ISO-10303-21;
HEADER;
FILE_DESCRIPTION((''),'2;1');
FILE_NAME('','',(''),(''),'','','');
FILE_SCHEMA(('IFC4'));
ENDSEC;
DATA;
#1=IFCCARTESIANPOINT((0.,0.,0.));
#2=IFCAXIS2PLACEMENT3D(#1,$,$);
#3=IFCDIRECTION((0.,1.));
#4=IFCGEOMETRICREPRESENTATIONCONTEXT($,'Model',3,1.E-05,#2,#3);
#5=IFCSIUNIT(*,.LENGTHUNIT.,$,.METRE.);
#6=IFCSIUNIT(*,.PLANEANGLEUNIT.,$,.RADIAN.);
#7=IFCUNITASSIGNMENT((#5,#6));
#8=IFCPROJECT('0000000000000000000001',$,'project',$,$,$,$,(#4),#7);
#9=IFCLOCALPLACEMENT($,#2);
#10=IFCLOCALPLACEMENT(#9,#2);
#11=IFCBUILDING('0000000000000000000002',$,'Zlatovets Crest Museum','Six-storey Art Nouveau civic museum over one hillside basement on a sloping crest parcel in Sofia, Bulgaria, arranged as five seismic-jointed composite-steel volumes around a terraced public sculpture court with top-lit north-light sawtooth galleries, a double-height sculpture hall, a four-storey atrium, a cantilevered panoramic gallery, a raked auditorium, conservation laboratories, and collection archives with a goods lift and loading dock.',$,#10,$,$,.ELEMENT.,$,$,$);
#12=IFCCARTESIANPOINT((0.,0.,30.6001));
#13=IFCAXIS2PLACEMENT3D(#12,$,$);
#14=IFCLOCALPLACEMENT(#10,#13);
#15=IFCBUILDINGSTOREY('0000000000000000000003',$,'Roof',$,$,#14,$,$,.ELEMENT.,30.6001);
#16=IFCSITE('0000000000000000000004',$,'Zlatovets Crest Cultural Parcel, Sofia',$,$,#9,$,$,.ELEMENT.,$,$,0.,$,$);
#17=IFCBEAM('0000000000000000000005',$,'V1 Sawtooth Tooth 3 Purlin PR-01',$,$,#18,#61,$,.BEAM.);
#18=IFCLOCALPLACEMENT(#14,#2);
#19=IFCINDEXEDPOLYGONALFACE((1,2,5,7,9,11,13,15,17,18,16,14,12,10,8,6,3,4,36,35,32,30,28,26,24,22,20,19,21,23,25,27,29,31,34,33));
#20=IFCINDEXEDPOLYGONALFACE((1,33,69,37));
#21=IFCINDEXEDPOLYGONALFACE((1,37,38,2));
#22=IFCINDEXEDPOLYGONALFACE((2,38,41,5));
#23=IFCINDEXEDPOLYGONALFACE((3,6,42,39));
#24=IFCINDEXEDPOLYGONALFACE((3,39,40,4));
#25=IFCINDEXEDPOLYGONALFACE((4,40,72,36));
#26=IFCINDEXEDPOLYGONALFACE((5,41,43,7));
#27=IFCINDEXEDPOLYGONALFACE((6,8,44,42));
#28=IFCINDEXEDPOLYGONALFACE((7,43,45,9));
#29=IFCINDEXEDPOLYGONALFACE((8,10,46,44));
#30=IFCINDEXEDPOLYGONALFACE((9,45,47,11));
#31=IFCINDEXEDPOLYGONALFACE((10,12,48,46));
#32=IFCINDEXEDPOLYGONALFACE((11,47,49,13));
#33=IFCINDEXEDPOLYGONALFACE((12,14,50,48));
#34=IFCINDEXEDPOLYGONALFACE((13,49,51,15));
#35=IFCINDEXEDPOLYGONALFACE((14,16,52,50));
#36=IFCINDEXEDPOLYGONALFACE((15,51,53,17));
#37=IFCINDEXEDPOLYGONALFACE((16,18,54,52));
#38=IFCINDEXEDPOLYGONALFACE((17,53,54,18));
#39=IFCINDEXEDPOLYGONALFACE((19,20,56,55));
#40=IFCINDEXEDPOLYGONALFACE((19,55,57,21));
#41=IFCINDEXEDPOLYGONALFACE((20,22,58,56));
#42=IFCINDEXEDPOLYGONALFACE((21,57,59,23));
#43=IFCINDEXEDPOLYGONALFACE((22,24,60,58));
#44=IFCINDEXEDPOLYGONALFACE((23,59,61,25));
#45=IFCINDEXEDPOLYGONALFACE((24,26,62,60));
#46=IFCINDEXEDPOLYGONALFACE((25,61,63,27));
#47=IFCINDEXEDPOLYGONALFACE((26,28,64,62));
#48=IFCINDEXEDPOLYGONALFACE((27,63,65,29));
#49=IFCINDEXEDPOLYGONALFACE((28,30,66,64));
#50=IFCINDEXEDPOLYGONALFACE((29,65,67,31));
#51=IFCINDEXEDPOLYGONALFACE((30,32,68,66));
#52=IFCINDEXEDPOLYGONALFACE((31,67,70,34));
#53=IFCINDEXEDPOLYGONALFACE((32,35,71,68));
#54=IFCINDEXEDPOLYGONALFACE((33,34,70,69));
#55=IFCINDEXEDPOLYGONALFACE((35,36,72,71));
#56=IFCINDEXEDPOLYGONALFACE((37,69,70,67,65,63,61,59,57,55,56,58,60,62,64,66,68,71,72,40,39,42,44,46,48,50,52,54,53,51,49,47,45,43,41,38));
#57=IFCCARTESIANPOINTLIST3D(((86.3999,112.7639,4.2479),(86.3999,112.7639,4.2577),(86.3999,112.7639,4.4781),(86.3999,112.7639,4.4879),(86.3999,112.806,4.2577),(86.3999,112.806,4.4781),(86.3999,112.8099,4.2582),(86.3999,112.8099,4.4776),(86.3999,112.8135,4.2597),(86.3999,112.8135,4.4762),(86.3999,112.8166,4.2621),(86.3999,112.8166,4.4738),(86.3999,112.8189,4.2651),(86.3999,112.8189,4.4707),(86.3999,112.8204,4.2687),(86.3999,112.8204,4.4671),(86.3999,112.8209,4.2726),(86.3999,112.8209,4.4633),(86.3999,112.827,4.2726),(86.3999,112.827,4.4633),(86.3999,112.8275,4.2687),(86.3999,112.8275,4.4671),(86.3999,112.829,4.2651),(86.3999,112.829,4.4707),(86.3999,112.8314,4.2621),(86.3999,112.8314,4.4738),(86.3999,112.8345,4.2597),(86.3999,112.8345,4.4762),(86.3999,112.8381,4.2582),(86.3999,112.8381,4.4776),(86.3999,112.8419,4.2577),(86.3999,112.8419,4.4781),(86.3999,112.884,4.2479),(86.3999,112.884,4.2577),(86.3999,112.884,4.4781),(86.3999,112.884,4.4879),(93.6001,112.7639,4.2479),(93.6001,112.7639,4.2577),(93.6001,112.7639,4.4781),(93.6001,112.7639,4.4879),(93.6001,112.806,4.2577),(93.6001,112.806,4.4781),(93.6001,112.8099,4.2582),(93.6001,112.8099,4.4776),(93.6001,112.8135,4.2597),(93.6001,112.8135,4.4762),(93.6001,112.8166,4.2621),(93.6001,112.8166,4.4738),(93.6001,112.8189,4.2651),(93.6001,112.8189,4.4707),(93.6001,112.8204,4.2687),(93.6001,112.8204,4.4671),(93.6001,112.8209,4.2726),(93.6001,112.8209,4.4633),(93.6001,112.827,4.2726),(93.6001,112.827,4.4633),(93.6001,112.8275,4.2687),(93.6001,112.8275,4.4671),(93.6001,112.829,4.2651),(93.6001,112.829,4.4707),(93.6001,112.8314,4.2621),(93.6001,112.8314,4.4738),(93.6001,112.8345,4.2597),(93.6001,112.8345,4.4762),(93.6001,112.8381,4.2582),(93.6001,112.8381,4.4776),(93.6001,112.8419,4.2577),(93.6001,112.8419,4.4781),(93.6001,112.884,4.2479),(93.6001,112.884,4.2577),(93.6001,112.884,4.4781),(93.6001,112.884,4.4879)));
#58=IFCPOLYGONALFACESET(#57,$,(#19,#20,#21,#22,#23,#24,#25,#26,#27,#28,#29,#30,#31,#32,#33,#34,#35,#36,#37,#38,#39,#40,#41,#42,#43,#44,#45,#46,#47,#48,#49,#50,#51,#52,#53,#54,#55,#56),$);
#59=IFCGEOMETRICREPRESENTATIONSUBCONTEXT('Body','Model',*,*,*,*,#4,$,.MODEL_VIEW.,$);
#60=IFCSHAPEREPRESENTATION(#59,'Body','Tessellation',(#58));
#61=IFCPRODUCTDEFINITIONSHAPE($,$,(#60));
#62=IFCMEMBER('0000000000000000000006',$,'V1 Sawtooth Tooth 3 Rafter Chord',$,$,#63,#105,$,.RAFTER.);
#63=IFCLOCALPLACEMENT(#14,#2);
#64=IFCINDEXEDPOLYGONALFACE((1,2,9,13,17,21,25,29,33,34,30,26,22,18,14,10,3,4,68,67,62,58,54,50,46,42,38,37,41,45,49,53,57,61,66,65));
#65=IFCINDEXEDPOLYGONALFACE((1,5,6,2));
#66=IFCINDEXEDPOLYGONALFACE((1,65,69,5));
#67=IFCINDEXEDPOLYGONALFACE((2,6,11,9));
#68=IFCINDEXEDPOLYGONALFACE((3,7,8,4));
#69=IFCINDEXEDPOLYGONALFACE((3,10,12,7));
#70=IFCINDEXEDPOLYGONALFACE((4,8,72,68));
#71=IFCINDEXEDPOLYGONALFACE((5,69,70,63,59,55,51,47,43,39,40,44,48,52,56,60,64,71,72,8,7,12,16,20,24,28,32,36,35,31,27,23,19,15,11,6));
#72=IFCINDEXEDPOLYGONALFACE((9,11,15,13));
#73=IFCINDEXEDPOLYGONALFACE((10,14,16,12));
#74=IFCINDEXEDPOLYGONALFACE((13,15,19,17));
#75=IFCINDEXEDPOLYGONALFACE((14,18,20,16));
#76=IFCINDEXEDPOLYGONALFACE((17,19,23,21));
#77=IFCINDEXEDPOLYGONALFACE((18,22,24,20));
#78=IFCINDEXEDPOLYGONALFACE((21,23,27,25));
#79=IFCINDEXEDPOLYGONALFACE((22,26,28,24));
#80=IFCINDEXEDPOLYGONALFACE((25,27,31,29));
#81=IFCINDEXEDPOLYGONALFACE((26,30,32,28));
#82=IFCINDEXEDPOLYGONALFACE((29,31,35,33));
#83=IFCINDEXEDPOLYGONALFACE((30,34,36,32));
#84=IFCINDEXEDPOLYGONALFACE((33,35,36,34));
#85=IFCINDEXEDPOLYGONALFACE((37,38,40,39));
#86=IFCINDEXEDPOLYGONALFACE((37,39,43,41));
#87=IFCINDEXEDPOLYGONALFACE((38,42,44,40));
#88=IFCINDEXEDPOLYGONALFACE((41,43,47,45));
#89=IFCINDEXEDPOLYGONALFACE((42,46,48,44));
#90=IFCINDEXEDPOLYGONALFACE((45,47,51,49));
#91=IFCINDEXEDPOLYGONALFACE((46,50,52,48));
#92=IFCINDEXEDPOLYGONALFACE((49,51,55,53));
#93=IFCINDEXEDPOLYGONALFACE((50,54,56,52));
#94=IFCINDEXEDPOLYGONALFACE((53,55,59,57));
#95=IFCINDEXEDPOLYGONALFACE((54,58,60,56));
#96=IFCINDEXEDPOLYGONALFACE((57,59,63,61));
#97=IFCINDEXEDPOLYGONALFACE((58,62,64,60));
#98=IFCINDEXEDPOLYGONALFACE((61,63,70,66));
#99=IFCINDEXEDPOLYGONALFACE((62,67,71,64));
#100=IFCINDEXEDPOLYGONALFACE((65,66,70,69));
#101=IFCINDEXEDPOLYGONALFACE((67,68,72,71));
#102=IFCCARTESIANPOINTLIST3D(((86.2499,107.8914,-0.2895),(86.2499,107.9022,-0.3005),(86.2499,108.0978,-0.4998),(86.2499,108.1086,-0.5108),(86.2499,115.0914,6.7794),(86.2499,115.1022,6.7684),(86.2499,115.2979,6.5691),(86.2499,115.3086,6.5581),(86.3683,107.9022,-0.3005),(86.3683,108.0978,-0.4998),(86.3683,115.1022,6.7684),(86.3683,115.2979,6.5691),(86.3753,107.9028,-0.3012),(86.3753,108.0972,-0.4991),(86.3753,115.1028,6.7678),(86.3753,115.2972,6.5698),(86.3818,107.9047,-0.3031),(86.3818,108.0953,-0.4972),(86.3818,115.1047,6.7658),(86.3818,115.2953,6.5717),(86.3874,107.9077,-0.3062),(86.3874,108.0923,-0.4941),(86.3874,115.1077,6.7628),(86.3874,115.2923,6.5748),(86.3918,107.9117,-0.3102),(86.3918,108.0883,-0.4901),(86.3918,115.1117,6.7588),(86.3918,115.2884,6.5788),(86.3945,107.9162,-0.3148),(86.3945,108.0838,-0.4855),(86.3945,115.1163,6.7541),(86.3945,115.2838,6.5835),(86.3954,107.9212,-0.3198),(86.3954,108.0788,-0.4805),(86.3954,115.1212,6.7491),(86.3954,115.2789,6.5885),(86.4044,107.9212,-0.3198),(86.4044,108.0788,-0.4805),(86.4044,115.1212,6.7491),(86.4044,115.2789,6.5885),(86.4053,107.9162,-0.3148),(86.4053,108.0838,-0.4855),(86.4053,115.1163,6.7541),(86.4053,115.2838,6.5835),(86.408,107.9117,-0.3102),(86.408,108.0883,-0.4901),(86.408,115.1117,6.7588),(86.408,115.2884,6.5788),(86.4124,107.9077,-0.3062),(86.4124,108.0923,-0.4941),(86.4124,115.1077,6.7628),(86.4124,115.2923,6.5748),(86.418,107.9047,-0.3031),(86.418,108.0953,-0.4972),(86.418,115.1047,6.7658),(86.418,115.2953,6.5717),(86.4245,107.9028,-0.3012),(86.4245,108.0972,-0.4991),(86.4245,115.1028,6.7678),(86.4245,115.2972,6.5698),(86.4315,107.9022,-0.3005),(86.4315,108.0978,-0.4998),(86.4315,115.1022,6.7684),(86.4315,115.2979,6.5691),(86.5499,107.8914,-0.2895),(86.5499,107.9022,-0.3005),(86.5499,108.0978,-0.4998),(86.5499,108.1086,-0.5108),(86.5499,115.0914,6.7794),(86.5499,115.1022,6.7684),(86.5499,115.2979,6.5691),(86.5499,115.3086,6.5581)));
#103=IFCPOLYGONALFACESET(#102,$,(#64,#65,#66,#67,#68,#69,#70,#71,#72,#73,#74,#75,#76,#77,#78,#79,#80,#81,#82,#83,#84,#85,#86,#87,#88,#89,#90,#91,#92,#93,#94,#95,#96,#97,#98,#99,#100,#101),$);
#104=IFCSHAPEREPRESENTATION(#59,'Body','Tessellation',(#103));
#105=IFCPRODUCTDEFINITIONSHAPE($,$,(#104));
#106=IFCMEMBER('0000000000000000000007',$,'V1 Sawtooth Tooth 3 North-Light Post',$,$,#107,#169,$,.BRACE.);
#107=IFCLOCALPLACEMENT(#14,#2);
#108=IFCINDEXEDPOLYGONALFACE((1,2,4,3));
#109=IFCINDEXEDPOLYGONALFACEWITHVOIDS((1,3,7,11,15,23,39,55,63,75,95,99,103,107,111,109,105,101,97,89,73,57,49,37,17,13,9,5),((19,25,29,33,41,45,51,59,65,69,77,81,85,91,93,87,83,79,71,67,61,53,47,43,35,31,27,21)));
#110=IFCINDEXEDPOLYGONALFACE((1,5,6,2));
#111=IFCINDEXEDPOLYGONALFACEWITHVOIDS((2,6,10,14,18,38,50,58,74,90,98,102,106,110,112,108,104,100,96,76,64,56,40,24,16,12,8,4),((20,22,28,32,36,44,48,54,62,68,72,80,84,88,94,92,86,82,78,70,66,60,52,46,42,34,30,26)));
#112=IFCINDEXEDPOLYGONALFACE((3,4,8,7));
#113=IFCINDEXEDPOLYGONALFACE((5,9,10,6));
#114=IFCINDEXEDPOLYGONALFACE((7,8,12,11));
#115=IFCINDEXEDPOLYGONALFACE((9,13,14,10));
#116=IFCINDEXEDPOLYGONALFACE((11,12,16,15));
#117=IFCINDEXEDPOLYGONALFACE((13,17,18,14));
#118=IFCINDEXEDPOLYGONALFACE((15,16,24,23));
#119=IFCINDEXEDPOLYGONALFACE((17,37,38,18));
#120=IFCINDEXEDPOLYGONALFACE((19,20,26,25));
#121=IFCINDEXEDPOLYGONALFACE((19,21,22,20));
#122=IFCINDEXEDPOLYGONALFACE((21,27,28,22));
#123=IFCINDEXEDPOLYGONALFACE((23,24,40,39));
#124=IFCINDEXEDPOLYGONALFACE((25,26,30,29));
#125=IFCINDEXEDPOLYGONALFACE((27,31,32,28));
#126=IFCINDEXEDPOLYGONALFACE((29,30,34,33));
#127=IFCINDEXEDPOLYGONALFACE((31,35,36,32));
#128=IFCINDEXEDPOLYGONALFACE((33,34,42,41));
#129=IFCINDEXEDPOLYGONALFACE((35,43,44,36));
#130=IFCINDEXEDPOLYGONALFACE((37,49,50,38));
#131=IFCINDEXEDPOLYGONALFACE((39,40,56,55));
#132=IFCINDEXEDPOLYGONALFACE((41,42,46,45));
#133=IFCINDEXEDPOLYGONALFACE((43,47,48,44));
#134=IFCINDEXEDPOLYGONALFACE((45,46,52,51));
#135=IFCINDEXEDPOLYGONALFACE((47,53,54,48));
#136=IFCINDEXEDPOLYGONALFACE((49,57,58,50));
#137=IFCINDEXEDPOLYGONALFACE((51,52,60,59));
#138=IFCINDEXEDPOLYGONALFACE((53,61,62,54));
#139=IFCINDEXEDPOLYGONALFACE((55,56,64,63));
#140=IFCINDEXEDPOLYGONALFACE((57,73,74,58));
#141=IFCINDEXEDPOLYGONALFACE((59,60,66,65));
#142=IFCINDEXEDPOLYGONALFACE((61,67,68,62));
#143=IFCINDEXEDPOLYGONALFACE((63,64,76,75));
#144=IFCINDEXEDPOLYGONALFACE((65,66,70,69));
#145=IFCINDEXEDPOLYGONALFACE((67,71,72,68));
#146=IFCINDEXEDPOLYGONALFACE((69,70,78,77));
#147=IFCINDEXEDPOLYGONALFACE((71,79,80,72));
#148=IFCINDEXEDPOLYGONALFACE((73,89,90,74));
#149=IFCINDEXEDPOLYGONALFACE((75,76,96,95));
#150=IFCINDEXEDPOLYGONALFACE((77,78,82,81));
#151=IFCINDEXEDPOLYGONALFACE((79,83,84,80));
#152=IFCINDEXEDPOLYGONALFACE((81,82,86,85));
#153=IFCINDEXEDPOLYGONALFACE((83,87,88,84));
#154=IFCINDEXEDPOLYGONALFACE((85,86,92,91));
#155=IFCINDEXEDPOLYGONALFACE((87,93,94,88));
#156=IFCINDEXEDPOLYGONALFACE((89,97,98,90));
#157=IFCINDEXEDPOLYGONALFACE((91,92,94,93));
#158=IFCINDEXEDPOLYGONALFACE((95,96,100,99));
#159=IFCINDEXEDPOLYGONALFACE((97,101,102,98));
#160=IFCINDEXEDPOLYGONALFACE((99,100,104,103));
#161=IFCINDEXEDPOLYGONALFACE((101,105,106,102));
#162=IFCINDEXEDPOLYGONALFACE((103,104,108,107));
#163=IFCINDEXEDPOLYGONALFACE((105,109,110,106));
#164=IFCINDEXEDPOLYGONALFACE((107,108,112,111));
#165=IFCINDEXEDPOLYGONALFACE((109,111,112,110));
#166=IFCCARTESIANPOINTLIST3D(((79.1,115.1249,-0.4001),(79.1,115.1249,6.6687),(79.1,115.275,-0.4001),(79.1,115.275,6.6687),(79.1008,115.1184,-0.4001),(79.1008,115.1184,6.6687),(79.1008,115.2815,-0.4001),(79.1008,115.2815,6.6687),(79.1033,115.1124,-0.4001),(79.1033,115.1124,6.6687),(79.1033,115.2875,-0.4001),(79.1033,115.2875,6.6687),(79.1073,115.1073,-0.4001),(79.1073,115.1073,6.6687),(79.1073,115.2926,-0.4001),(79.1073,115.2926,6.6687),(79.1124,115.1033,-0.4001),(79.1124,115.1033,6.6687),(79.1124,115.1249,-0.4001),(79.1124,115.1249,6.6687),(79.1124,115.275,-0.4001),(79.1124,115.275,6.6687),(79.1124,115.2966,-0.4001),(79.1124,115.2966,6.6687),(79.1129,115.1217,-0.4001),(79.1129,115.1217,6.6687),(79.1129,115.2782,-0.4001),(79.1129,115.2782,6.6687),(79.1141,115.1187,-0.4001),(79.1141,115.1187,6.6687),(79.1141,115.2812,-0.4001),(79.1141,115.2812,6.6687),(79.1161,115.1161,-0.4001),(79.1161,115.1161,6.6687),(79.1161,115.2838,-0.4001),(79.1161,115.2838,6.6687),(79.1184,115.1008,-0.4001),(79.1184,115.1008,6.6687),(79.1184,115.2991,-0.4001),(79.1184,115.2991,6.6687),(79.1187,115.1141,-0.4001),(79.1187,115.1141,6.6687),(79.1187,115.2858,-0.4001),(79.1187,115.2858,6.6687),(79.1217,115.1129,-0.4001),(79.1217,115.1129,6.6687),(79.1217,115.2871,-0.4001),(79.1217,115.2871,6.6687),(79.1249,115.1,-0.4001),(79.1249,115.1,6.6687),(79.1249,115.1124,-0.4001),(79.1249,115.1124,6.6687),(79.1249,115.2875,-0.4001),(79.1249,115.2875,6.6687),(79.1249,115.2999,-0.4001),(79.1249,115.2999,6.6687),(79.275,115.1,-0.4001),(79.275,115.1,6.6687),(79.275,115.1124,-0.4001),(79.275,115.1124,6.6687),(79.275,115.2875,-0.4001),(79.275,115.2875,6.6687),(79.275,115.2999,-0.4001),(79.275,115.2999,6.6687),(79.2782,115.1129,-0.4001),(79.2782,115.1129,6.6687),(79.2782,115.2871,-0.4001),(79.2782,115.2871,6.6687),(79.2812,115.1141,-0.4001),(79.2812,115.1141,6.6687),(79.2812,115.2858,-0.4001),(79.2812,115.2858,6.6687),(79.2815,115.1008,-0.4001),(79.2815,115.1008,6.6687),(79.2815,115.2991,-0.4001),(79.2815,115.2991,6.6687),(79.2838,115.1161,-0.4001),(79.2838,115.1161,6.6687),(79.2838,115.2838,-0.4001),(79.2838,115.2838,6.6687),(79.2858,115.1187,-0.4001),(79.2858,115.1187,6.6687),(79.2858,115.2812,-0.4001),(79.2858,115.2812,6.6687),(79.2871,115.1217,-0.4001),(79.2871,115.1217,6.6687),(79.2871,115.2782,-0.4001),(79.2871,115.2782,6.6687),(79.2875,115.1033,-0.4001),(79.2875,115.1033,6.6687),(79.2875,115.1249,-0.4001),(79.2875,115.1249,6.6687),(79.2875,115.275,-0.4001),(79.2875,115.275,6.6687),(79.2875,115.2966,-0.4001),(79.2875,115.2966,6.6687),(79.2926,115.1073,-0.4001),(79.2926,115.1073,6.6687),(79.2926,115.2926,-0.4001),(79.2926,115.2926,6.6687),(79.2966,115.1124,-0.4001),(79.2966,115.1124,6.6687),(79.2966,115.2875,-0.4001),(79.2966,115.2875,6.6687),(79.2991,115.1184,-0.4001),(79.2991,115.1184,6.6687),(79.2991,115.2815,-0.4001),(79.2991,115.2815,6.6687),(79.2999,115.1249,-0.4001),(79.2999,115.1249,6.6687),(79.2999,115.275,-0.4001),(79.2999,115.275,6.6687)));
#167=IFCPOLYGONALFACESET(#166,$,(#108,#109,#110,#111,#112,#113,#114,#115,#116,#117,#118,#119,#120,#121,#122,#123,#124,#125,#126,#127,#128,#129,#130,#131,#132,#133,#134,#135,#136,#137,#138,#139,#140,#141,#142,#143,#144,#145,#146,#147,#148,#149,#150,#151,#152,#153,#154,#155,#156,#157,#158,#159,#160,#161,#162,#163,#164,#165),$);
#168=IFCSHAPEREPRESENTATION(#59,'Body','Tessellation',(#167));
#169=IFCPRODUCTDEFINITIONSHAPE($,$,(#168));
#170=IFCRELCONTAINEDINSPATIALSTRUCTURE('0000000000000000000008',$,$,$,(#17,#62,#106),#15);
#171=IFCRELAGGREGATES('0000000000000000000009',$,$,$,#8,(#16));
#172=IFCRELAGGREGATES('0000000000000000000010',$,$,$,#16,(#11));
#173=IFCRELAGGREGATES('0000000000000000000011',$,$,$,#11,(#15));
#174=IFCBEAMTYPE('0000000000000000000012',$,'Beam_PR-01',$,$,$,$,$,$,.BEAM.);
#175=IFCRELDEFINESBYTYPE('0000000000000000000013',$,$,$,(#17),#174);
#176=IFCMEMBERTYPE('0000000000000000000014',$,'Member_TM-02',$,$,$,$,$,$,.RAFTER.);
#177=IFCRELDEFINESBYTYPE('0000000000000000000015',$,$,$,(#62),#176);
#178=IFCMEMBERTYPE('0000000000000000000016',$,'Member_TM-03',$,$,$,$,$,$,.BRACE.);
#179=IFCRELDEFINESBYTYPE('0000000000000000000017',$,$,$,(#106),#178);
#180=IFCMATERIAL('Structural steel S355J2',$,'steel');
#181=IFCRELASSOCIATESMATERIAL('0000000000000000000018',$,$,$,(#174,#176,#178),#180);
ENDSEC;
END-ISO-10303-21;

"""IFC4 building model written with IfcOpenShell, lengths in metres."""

from ifc_helpers import new_model, si_unit, direction, frame, origin, origin_2d, place, context, subcontext, project, spatial, hollow_rectangle, i_section, extrude, material, material_profile, profile_set, type_object, element, save


model = new_model("IFC4")

# Units and contexts
model_context = context("Model", 3, precision=1e-05, world=origin(), true_north=direction((0.0, 1.0)))
body_context = subcontext(model_context, "Body", "Model", "MODEL_VIEW")
ifc_project = project(units=[si_unit("LENGTHUNIT", "METRE"), si_unit("PLANEANGLEUNIT", "RADIAN")], contexts=[model_context])

# Site, building, storey
site_placement = place(None, origin())
site = spatial("IfcSite", under=ifc_project, at=site_placement, Name="Zlatovets Crest Cultural Parcel, Sofia", CompositionType="ELEMENT", RefElevation=0.0)
building_placement = place(site_placement, origin())
building = spatial("IfcBuilding", under=site, at=building_placement, Name="Zlatovets Crest Museum", Description="Six-storey Art Nouveau civic museum over one hillside basement on a sloping crest parcel in Sofia, Bulgaria, arranged as five seismic-jointed composite-steel volumes around a terraced public sculpture court with top-lit north-light sawtooth galleries, a double-height sculpture hall, a four-storey atrium, a cantilevered panoramic gallery, a raked auditorium, conservation laboratories, and collection archives with a goods lift and loading dock.", CompositionType="ELEMENT")
storey_placement = place(building_placement, frame((0.0, 0.0, 30.6001)))
storey = spatial("IfcBuildingStorey", under=building, at=storey_placement, Name="Roof", CompositionType="ELEMENT", Elevation=30.6001)

# Beam
ifc_material_1 = material(Name="Structural steel S355J2", Category="steel")
ifc_material_profile_1 = material_profile(ifc_material_1, i_section(OverallWidth=0.1201, OverallDepth=0.24, WebThickness=0.0061, FlangeThickness=0.0098, FilletRadius=0.0149, at=origin_2d()), Name="IPE 240")
ifc_profile_set_1 = profile_set([ifc_material_profile_1], Name="Structural steel S355J2")
beam_type_1 = type_object("IfcBeamType", Name="Beam_PR-01", PredefinedType="BEAM", material=ifc_profile_set_1)
for number, where, z_axis, x_axis, name in (
    (1, (86.3999, 112.824, 4.3679), (1.0, 0.0, 0.0), (0.0, 1.0, 0.0), "V1 Sawtooth Tooth 3 Purlin PR-01"),
):
    element("IfcBeam", number, at=place(storey_placement, frame(where, z_axis=z_axis, x_axis=x_axis)), inside=storey, type_object=beam_type_1, Name=name, PredefinedType="BEAM", context=body_context, shape_type="SweptSolid", body=[
        extrude(i_section(OverallWidth=0.1201, OverallDepth=0.24, WebThickness=0.0061, FlangeThickness=0.0098, FilletRadius=0.0149, at=origin_2d()), origin(), (0.0, 0.0, 1.0), 7.2002),
    ])

# Members
ifc_material_profile_2 = material_profile(ifc_material_1, i_section(OverallWidth=0.3, OverallDepth=0.3101, WebThickness=0.009, FlangeThickness=0.0154, FilletRadius=0.0271, at=origin_2d()), Name="HEA 320")
ifc_profile_set_2 = profile_set([ifc_material_profile_2], Name="Structural steel S355J2")
member_type_1 = type_object("IfcMemberType", Name="Member_TM-02", PredefinedType="RAFTER", material=ifc_profile_set_2)
member_placement = place(storey_placement, frame((86.3999, 108.0, -0.4001), z_axis=(0.0, 0.713574, 0.70058), x_axis=(-1.0, 0.0, 0.0)))
element("IfcMember", 2, at=member_placement, inside=storey, type_object=member_type_1, Name="V1 Sawtooth Tooth 3 Rafter Chord", PredefinedType="RAFTER", context=body_context, shape_type="SweptSolid", body=[
    extrude(i_section(OverallWidth=0.3, OverallDepth=0.3101, WebThickness=0.009, FlangeThickness=0.0154, FilletRadius=0.0271, at=origin_2d()), origin(), (0.0, 0.0, 1.0), 10.0901),
])
ifc_material_profile_3 = material_profile(ifc_material_1, hollow_rectangle(XDim=0.2, YDim=0.2, WallThickness=0.0125, InnerFilletRadius=0.0125, OuterFilletRadius=0.0249, at=origin_2d()), Name="SHS 200x200x12.5")
ifc_profile_set_3 = profile_set([ifc_material_profile_3], Name="Structural steel S355J2")
member_type_2 = type_object("IfcMemberType", Name="Member_TM-03", PredefinedType="BRACE", material=ifc_profile_set_3)
for number, where, z_axis, x_axis, name in (
    (3, (79.2, 115.2, -0.4001), (0.0, 0.0, 1.0), (1.0, 0.0, 0.0), "V1 Sawtooth Tooth 3 North-Light Post"),
):
    element("IfcMember", number, at=place(storey_placement, frame(where, z_axis=z_axis, x_axis=x_axis)), inside=storey, type_object=member_type_2, Name=name, PredefinedType="BRACE", context=body_context, shape_type="SweptSolid", body=[
        extrude(hollow_rectangle(XDim=0.2, YDim=0.2, WallThickness=0.0125, InnerFilletRadius=0.0125, OuterFilletRadius=0.0249, at=origin_2d()), origin(), (0.0, 0.0, 1.0), 7.0688),
    ])

save(model, "model.ifc")
